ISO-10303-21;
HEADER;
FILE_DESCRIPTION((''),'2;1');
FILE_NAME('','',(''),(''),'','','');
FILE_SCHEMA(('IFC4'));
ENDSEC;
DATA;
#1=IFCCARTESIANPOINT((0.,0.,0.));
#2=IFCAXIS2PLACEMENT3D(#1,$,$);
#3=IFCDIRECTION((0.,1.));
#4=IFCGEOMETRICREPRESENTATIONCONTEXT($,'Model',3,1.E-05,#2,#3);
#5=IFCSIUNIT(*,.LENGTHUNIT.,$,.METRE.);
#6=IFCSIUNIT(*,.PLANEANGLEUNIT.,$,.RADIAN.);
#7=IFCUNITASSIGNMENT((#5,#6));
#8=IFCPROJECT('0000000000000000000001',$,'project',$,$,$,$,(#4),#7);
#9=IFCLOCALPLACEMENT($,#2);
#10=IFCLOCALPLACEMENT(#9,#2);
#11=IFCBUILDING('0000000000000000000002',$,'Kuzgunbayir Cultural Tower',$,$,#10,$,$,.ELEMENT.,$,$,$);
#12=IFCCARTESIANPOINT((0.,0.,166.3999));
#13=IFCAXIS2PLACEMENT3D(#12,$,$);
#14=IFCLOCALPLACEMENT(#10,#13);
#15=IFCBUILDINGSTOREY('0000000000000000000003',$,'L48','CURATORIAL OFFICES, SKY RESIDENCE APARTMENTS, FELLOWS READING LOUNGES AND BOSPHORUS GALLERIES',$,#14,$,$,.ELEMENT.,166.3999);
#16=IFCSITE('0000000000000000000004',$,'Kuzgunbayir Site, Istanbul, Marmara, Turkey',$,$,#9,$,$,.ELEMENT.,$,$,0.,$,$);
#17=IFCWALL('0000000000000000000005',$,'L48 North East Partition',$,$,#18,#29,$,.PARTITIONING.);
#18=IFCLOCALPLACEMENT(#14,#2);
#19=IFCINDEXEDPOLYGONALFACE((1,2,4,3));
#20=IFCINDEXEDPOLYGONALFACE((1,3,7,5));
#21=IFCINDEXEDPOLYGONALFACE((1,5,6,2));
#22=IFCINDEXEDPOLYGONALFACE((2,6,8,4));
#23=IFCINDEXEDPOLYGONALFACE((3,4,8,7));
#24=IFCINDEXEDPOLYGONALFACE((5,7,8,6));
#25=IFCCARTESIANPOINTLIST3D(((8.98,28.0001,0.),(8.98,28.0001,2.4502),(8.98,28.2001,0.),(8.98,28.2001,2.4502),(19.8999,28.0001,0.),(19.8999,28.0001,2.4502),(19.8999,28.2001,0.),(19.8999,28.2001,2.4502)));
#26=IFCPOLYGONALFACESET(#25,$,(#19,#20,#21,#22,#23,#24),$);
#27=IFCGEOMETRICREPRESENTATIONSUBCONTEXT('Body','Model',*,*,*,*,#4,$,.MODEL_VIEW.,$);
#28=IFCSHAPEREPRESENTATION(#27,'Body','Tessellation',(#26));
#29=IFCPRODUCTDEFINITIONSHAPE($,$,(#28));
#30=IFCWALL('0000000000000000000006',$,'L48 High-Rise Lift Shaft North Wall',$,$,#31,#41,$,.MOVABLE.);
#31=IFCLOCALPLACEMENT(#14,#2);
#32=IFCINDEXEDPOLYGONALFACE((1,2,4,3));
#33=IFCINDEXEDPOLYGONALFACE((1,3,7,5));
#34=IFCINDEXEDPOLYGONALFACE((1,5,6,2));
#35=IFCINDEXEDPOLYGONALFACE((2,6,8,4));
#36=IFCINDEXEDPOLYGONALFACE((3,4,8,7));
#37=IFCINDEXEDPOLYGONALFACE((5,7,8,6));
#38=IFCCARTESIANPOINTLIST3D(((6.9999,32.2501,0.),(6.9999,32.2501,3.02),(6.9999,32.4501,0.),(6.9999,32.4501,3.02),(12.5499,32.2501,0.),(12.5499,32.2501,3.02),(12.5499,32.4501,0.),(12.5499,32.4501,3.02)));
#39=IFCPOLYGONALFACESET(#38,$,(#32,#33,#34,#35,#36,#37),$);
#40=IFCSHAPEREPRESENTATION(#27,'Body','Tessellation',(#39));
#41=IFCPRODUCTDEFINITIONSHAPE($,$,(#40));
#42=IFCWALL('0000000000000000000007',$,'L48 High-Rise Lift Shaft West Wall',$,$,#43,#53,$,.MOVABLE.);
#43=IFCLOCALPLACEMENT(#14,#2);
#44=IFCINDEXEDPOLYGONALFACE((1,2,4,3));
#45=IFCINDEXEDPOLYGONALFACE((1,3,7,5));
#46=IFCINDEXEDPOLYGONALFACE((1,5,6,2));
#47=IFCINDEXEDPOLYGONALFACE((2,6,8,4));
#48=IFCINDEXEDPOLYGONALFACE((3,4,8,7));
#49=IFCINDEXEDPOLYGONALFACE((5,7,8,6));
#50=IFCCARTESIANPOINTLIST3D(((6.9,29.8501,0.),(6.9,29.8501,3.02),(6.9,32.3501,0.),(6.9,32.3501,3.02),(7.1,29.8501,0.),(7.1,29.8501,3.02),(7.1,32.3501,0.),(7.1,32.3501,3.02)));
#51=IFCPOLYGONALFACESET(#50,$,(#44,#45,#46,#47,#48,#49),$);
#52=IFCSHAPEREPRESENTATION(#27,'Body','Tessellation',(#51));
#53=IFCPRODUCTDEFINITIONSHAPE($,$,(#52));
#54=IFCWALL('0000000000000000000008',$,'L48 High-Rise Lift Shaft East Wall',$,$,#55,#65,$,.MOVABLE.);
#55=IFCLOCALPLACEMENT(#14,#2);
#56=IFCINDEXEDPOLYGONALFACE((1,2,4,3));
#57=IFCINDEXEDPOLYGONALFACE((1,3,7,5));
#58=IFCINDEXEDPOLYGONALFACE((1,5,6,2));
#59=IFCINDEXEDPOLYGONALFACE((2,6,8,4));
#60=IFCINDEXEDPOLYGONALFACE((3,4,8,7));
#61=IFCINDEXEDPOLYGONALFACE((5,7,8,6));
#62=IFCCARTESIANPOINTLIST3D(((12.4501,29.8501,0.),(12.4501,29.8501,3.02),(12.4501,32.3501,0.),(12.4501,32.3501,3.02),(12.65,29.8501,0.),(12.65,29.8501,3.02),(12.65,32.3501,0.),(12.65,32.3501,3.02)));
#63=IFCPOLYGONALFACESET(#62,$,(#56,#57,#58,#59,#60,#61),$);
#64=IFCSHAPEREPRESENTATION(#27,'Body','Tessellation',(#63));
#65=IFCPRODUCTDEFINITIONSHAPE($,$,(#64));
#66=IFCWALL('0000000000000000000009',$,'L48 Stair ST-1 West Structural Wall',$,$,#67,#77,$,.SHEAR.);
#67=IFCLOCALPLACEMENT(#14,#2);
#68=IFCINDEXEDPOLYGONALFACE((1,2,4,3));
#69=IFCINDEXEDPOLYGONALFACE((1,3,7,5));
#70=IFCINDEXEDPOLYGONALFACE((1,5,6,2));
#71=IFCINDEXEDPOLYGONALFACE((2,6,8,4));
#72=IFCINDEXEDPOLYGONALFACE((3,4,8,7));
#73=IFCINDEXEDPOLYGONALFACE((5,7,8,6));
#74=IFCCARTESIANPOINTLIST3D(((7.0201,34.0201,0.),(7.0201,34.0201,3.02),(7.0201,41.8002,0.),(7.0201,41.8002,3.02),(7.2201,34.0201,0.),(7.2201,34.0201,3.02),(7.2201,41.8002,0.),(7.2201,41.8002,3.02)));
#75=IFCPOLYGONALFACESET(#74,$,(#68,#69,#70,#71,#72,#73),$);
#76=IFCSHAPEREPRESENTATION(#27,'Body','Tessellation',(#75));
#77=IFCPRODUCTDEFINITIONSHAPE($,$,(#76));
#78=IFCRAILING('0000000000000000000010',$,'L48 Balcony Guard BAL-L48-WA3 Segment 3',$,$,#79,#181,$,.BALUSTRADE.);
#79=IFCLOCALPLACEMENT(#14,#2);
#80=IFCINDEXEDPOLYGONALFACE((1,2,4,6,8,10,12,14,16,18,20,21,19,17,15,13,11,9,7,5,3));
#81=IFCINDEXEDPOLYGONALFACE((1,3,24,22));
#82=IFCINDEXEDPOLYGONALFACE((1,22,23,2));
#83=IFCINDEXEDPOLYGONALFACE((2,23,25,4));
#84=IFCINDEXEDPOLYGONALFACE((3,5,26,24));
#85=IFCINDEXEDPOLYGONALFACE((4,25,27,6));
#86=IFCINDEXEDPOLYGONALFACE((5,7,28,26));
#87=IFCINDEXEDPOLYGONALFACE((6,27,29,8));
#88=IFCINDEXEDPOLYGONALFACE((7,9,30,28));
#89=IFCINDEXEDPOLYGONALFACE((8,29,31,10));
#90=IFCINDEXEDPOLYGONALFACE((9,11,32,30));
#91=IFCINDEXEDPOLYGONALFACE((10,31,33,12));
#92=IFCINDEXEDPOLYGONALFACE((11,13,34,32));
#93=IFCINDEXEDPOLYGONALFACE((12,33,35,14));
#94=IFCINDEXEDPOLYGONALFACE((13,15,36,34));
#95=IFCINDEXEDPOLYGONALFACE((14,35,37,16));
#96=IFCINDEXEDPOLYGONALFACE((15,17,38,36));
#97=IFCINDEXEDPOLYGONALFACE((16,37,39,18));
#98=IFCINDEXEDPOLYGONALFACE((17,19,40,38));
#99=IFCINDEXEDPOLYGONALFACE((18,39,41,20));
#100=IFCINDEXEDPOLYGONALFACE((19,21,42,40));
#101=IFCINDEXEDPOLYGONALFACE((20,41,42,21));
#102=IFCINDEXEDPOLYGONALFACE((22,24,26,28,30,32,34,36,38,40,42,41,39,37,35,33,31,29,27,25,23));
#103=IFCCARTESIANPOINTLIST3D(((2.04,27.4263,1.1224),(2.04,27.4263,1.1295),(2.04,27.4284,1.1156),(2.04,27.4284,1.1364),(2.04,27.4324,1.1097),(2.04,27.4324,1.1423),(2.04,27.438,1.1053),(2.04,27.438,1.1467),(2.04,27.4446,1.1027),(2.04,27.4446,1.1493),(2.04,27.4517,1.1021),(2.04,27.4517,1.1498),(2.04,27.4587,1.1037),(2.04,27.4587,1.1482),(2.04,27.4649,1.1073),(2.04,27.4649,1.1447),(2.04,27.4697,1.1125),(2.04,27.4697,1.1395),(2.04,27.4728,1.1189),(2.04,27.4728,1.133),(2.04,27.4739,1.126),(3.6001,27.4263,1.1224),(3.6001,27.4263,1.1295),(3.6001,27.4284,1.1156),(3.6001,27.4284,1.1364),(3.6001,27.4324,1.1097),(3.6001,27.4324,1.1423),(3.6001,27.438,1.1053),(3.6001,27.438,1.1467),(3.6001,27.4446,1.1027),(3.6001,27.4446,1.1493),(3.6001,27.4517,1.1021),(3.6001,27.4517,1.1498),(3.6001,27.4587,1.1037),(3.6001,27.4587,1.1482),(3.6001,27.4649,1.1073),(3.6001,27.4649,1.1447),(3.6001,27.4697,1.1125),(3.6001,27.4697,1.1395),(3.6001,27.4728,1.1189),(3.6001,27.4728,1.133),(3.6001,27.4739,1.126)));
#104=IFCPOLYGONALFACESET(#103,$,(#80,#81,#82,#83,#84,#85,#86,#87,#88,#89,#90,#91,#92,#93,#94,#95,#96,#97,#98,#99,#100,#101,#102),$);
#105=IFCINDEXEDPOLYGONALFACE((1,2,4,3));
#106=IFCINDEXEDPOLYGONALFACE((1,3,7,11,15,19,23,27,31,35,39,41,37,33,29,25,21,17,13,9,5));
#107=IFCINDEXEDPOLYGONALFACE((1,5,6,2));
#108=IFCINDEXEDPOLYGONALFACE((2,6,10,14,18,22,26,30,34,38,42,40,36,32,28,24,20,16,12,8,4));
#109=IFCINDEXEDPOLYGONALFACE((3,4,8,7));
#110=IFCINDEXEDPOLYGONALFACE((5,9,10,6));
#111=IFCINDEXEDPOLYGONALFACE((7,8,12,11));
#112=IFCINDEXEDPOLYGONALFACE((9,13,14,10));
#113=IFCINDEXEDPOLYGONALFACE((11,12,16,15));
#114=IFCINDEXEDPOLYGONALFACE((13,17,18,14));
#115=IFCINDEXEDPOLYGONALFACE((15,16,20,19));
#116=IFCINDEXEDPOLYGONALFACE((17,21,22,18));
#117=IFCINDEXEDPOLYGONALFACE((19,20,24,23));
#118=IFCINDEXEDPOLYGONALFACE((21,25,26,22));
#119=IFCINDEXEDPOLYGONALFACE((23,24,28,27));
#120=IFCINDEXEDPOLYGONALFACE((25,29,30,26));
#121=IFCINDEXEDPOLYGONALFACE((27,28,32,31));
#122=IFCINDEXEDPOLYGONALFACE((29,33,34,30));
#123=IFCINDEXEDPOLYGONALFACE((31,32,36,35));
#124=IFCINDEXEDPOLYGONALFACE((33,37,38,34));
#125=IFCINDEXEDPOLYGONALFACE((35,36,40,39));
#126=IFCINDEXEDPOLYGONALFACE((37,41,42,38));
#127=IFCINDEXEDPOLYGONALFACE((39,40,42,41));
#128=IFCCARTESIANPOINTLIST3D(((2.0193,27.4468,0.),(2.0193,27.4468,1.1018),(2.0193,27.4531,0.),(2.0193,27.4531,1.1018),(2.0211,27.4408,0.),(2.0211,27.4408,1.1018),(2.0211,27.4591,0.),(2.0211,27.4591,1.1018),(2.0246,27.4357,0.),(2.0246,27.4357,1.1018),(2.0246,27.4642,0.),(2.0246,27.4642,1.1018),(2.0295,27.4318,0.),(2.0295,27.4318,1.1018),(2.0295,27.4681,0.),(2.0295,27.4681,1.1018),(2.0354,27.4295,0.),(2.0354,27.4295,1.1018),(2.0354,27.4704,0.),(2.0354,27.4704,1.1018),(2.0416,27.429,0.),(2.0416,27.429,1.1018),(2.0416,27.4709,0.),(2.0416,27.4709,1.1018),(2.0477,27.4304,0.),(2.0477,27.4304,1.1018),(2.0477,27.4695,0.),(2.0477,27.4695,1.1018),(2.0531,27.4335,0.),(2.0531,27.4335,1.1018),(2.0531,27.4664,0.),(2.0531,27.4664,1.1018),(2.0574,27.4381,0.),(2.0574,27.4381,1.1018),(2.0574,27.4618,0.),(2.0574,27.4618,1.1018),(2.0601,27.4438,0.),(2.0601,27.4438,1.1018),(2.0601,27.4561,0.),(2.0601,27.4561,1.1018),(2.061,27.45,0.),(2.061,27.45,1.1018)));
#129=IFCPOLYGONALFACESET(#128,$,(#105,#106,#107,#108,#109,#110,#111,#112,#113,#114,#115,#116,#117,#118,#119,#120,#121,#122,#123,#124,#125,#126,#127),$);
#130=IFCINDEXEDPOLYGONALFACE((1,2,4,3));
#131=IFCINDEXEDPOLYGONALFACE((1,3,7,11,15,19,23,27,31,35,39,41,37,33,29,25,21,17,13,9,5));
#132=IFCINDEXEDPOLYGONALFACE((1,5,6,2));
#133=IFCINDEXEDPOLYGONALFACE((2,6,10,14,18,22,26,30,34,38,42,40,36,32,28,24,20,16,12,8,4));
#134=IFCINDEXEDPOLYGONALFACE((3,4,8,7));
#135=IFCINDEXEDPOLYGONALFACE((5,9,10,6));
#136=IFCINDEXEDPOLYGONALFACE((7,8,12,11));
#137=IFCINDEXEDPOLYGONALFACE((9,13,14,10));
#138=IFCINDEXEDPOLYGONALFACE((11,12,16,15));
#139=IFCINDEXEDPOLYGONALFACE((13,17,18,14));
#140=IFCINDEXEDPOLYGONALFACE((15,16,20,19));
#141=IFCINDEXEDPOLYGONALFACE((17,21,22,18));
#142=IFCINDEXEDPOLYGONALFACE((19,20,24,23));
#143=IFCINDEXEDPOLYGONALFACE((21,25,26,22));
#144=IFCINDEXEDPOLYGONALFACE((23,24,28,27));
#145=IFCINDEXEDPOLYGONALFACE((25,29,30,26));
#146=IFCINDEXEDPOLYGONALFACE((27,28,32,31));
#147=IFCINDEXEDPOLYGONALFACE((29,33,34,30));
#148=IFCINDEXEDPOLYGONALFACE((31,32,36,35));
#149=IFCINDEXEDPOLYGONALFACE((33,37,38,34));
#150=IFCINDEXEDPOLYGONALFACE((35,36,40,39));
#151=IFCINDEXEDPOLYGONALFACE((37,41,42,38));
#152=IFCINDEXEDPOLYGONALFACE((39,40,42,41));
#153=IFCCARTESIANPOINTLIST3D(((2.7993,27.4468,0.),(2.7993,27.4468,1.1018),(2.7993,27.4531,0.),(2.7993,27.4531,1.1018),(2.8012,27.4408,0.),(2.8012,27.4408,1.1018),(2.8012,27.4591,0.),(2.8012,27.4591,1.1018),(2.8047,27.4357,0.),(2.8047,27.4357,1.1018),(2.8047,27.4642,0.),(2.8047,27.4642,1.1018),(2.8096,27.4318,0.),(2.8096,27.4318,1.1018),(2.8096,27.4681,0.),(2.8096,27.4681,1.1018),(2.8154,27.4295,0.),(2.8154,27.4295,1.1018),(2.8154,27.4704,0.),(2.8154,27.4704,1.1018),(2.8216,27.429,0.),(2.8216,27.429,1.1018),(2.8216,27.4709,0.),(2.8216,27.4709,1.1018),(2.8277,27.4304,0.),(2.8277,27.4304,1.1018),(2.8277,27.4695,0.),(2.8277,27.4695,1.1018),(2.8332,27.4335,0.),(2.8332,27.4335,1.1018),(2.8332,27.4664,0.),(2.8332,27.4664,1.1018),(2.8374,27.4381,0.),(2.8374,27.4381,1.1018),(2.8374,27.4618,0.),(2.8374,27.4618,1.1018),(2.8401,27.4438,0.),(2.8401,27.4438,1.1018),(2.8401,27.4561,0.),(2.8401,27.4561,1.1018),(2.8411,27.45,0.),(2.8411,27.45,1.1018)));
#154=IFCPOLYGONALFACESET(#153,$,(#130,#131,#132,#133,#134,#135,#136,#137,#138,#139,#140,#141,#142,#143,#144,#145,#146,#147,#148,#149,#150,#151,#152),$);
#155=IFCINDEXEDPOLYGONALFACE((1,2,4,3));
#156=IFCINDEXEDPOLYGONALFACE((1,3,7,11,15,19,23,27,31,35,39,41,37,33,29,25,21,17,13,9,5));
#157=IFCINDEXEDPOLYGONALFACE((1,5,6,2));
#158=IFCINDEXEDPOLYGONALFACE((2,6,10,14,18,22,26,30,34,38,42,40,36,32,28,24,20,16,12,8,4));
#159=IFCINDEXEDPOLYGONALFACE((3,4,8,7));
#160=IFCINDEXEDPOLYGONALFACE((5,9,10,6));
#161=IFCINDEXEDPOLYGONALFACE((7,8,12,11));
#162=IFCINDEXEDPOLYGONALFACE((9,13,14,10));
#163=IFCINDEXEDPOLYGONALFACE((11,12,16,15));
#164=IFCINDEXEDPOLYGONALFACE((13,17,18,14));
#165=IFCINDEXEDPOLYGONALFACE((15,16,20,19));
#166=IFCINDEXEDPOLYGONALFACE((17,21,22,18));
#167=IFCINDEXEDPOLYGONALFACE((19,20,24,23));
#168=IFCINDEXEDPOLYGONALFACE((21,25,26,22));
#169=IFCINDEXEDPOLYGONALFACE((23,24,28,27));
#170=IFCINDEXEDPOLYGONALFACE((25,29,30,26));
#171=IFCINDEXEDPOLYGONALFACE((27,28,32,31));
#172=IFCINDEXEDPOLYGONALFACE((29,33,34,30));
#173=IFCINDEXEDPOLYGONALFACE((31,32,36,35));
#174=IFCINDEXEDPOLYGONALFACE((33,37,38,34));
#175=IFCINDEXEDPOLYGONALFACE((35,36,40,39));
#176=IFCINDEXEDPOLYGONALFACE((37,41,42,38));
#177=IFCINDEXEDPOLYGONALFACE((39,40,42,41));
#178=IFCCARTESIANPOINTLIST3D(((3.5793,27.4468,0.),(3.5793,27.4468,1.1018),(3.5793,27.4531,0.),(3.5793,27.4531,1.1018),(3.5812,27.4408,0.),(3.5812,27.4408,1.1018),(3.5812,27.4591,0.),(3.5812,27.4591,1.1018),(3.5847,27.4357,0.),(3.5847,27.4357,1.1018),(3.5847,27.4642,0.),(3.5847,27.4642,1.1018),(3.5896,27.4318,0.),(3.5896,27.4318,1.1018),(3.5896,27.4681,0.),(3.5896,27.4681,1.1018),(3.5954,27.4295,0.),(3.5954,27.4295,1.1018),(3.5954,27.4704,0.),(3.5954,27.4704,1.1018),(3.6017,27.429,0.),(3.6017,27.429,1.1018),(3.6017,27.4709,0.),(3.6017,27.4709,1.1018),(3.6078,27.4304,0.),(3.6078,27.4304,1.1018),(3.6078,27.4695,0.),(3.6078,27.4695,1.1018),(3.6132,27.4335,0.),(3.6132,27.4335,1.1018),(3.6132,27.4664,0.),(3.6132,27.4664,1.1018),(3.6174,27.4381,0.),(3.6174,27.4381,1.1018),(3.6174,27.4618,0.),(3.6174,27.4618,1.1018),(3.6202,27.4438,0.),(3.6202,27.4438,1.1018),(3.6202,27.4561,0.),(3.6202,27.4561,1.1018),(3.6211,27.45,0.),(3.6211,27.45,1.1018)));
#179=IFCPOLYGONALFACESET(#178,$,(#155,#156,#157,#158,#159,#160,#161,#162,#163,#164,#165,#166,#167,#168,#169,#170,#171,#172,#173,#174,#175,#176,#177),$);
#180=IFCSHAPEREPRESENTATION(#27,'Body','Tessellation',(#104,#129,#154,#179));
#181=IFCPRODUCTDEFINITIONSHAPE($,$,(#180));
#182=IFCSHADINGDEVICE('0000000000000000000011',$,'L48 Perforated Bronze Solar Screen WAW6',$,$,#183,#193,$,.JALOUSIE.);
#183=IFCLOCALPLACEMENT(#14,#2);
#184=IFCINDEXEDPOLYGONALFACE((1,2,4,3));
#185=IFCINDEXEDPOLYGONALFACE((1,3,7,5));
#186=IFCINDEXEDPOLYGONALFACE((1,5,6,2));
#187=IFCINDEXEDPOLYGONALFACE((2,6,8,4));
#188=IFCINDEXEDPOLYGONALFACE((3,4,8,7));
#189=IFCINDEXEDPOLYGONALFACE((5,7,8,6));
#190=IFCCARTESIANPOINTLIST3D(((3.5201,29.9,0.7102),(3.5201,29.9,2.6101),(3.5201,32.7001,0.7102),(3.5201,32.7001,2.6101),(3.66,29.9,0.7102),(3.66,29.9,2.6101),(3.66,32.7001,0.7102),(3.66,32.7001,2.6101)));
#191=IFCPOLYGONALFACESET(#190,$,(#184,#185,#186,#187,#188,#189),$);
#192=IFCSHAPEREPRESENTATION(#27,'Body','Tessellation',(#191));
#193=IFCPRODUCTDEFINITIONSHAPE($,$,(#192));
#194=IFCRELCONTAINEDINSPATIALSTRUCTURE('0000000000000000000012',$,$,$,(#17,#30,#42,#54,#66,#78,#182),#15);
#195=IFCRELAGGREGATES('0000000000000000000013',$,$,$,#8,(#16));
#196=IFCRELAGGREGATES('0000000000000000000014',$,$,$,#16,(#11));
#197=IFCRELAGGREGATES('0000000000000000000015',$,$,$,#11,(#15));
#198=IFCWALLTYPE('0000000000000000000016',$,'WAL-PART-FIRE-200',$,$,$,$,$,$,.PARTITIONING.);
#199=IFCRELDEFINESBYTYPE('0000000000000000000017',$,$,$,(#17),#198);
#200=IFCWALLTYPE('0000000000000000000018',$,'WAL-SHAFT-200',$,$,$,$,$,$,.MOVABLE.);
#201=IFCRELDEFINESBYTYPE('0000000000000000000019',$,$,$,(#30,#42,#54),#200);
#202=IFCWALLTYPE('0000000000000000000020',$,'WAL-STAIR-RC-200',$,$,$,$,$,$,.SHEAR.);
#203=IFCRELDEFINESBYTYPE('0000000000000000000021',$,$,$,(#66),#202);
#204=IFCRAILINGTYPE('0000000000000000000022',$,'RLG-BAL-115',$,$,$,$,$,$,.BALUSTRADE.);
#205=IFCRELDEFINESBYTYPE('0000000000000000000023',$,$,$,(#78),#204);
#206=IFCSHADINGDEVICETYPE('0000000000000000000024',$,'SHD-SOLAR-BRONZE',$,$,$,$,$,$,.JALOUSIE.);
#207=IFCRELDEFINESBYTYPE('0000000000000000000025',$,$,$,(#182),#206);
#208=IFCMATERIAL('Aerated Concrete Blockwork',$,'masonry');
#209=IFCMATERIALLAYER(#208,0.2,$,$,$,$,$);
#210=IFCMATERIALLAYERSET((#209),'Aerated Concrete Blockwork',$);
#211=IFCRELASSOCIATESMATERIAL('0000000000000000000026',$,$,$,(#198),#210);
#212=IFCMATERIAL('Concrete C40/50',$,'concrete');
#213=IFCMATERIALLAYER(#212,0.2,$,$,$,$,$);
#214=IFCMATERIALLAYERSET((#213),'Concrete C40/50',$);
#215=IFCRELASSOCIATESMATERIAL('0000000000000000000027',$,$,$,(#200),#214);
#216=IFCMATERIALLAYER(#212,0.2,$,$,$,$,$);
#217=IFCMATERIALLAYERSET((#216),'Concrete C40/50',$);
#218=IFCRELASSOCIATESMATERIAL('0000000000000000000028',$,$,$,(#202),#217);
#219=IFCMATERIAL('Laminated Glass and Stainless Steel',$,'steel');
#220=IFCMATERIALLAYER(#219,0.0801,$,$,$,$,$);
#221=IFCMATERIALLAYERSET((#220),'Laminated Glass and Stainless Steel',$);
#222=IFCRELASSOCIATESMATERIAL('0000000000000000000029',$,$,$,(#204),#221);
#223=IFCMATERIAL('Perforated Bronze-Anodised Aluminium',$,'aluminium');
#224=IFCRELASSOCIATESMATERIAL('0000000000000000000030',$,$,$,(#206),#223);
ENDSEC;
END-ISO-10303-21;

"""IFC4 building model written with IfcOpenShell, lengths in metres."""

from ifc_helpers import new_model, si_unit, direction, frame, frame_2d, origin, origin_2d, place, context, subcontext, project, spatial, rectangle, circle, extrude, material, layer, layer_set, type_object, element, save


model = new_model("IFC4")

# Units and contexts
model_context = context("Model", 3, precision=1e-05, world=origin(), true_north=direction((0.0, 1.0)))
body_context = subcontext(model_context, "Body", "Model", "MODEL_VIEW")
ifc_project = project(units=[si_unit("LENGTHUNIT", "METRE"), si_unit("PLANEANGLEUNIT", "RADIAN")], contexts=[model_context])

# Site, building, storey
site_placement = place(None, origin())
site = spatial("IfcSite", under=ifc_project, at=site_placement, Name="Kuzgunbayir Site, Istanbul, Marmara, Turkey", CompositionType="ELEMENT", RefElevation=0.0)
building_placement = place(site_placement, origin())
building = spatial("IfcBuilding", under=site, at=building_placement, Name="Kuzgunbayir Cultural Tower", CompositionType="ELEMENT")
storey_placement = place(building_placement, frame((0.0, 0.0, 166.3999)))
storey = spatial("IfcBuildingStorey", under=building, at=storey_placement, Name="L48", Description="CURATORIAL OFFICES, SKY RESIDENCE APARTMENTS, FELLOWS READING LOUNGES AND BOSPHORUS GALLERIES", CompositionType="ELEMENT", Elevation=166.3999)

# Shared definitions
ifc_material_1 = material(Name="Aerated Concrete Blockwork", Category="masonry")
ifc_layer_1 = layer(ifc_material_1, 0.2)
ifc_layer_set_1 = layer_set([ifc_layer_1], Name="Aerated Concrete Blockwork")
wall_type_1 = type_object("IfcWallType", Name="WAL-PART-FIRE-200", PredefinedType="PARTITIONING", material=ifc_layer_set_1)

# Wall
wall_1_placement = place(storey_placement, frame((8.98, 28.1001, 0.0), z_axis=(0.0, 0.0, 1.0), x_axis=(1.0, 0.0, 0.0)))
element("IfcWall", 1, at=wall_1_placement, inside=storey, type_object=wall_type_1, Name="L48 North East Partition", PredefinedType="PARTITIONING", context=body_context, shape_type="SweptSolid", body=[
    extrude(rectangle(XDim=10.9199, YDim=0.2, at=frame_2d((5.46, 0.0))), origin(), (0.0, 0.0, 1.0), 2.4502),
])

# Shared definitions
ifc_material_2 = material(Name="Concrete C40/50", Category="concrete")
ifc_layer_2 = layer(ifc_material_2, 0.2)
ifc_layer_set_2 = layer_set([ifc_layer_2], Name="Concrete C40/50")
wall_type_2 = type_object("IfcWallType", Name="WAL-SHAFT-200", PredefinedType="MOVABLE", material=ifc_layer_set_2)

# Walls
wall_2_placement = place(storey_placement, frame((7.0, 32.3501, 0.0), z_axis=(0.0, 0.0, 1.0), x_axis=(1.0, 0.0, 0.0)))
element("IfcWall", 2, at=wall_2_placement, inside=storey, type_object=wall_type_2, Name="L48 High-Rise Lift Shaft North Wall", PredefinedType="MOVABLE", context=body_context, shape_type="SweptSolid", body=[
    extrude(rectangle(XDim=5.55, YDim=0.2, at=frame_2d((2.7749, 0.0))), origin(), (0.0, 0.0, 1.0), 3.02),
])
for number, where, z_axis, x_axis, name in (
    (3, (7.0, 29.8501, 0.0), (0.0, 0.0, 1.0), (0.0, 1.0, 0.0), "L48 High-Rise Lift Shaft West Wall"),
    (4, (12.55, 29.8501, 0.0), (0.0, 0.0, 1.0), (0.0, 1.0, 0.0), "L48 High-Rise Lift Shaft East Wall"),
):
    element("IfcWall", number, at=place(storey_placement, frame(where, z_axis=z_axis, x_axis=x_axis)), inside=storey, type_object=wall_type_2, Name=name, PredefinedType="MOVABLE", context=body_context, shape_type="SweptSolid", body=[
        extrude(rectangle(XDim=2.5, YDim=0.2, at=frame_2d((1.25, 0.0))), origin(), (0.0, 0.0, 1.0), 3.02),
    ])
ifc_layer_3 = layer(ifc_material_2, 0.2)
ifc_layer_set_3 = layer_set([ifc_layer_3], Name="Concrete C40/50")
wall_type_3 = type_object("IfcWallType", Name="WAL-STAIR-RC-200", PredefinedType="SHEAR", material=ifc_layer_set_3)
wall_3_placement = place(storey_placement, frame((7.1201, 34.02, 0.0), z_axis=(0.0, 0.0, 1.0), x_axis=(0.0, 1.0, 0.0)))
element("IfcWall", 5, at=wall_3_placement, inside=storey, type_object=wall_type_3, Name="L48 Stair ST-1 West Structural Wall", PredefinedType="SHEAR", context=body_context, shape_type="SweptSolid", body=[
    extrude(rectangle(XDim=7.78, YDim=0.2, at=frame_2d((3.8901, 0.0))), origin(), (0.0, 0.0, 1.0), 3.02),
])

# Railing
ifc_material_3 = material(Name="Laminated Glass and Stainless Steel", Category="steel")
ifc_layer_4 = layer(ifc_material_3, 0.0801)
ifc_layer_set_4 = layer_set([ifc_layer_4], Name="Laminated Glass and Stainless Steel")
railing_type = type_object("IfcRailingType", Name="RLG-BAL-115", PredefinedType="BALUSTRADE", material=ifc_layer_set_4)
railing_placement = place(storey_placement, frame((2.04, 27.45, 0.0)))
element("IfcRailing", 6, at=railing_placement, inside=storey, type_object=railing_type, Name="L48 Balcony Guard BAL-L48-WA3 Segment 3", PredefinedType="BALUSTRADE", context=body_context, shape_type="SweptSolid", body=[
    extrude(circle(Radius=0.0239, at=origin_2d()), frame((0.0, 0.0, 1.126), z_axis=(1.0, 0.0, 0.0), x_axis=(0.0, 1.0, 0.0)), (0.0, 0.0, 1.0), 1.5601),
    extrude(circle(Radius=0.021, at=origin_2d()), origin(), (0.0, 0.0, 1.0), 1.1018),
    extrude(circle(Radius=0.021, at=origin_2d()), frame((0.78, 0.0, 0.0)), (0.0, 0.0, 1.0), 1.1018),
    extrude(circle(Radius=0.021, at=origin_2d()), frame((1.5601, 0.0, 0.0)), (0.0, 0.0, 1.0), 1.1018),
])

# Shading device
ifc_material_4 = material(Name="Perforated Bronze-Anodised Aluminium", Category="aluminium")
shading_device_type = type_object("IfcShadingDeviceType", Name="SHD-SOLAR-BRONZE", PredefinedType="JALOUSIE", material=ifc_material_4)
shading_device_placement = place(storey_placement, frame((3.5901, 31.3, 0.7102), z_axis=(0.0, 0.0, 1.0), x_axis=(1.0, 0.0, 0.0)))
element("IfcShadingDevice", 7, at=shading_device_placement, inside=storey, type_object=shading_device_type, Name="L48 Perforated Bronze Solar Screen WAW6", PredefinedType="JALOUSIE", context=body_context, shape_type="SweptSolid", body=[
    extrude(rectangle(XDim=0.1399, YDim=2.8, at=origin_2d()), origin(), (0.0, 0.0, 1.0), 1.8999),
])

save(model, "model.ifc")
